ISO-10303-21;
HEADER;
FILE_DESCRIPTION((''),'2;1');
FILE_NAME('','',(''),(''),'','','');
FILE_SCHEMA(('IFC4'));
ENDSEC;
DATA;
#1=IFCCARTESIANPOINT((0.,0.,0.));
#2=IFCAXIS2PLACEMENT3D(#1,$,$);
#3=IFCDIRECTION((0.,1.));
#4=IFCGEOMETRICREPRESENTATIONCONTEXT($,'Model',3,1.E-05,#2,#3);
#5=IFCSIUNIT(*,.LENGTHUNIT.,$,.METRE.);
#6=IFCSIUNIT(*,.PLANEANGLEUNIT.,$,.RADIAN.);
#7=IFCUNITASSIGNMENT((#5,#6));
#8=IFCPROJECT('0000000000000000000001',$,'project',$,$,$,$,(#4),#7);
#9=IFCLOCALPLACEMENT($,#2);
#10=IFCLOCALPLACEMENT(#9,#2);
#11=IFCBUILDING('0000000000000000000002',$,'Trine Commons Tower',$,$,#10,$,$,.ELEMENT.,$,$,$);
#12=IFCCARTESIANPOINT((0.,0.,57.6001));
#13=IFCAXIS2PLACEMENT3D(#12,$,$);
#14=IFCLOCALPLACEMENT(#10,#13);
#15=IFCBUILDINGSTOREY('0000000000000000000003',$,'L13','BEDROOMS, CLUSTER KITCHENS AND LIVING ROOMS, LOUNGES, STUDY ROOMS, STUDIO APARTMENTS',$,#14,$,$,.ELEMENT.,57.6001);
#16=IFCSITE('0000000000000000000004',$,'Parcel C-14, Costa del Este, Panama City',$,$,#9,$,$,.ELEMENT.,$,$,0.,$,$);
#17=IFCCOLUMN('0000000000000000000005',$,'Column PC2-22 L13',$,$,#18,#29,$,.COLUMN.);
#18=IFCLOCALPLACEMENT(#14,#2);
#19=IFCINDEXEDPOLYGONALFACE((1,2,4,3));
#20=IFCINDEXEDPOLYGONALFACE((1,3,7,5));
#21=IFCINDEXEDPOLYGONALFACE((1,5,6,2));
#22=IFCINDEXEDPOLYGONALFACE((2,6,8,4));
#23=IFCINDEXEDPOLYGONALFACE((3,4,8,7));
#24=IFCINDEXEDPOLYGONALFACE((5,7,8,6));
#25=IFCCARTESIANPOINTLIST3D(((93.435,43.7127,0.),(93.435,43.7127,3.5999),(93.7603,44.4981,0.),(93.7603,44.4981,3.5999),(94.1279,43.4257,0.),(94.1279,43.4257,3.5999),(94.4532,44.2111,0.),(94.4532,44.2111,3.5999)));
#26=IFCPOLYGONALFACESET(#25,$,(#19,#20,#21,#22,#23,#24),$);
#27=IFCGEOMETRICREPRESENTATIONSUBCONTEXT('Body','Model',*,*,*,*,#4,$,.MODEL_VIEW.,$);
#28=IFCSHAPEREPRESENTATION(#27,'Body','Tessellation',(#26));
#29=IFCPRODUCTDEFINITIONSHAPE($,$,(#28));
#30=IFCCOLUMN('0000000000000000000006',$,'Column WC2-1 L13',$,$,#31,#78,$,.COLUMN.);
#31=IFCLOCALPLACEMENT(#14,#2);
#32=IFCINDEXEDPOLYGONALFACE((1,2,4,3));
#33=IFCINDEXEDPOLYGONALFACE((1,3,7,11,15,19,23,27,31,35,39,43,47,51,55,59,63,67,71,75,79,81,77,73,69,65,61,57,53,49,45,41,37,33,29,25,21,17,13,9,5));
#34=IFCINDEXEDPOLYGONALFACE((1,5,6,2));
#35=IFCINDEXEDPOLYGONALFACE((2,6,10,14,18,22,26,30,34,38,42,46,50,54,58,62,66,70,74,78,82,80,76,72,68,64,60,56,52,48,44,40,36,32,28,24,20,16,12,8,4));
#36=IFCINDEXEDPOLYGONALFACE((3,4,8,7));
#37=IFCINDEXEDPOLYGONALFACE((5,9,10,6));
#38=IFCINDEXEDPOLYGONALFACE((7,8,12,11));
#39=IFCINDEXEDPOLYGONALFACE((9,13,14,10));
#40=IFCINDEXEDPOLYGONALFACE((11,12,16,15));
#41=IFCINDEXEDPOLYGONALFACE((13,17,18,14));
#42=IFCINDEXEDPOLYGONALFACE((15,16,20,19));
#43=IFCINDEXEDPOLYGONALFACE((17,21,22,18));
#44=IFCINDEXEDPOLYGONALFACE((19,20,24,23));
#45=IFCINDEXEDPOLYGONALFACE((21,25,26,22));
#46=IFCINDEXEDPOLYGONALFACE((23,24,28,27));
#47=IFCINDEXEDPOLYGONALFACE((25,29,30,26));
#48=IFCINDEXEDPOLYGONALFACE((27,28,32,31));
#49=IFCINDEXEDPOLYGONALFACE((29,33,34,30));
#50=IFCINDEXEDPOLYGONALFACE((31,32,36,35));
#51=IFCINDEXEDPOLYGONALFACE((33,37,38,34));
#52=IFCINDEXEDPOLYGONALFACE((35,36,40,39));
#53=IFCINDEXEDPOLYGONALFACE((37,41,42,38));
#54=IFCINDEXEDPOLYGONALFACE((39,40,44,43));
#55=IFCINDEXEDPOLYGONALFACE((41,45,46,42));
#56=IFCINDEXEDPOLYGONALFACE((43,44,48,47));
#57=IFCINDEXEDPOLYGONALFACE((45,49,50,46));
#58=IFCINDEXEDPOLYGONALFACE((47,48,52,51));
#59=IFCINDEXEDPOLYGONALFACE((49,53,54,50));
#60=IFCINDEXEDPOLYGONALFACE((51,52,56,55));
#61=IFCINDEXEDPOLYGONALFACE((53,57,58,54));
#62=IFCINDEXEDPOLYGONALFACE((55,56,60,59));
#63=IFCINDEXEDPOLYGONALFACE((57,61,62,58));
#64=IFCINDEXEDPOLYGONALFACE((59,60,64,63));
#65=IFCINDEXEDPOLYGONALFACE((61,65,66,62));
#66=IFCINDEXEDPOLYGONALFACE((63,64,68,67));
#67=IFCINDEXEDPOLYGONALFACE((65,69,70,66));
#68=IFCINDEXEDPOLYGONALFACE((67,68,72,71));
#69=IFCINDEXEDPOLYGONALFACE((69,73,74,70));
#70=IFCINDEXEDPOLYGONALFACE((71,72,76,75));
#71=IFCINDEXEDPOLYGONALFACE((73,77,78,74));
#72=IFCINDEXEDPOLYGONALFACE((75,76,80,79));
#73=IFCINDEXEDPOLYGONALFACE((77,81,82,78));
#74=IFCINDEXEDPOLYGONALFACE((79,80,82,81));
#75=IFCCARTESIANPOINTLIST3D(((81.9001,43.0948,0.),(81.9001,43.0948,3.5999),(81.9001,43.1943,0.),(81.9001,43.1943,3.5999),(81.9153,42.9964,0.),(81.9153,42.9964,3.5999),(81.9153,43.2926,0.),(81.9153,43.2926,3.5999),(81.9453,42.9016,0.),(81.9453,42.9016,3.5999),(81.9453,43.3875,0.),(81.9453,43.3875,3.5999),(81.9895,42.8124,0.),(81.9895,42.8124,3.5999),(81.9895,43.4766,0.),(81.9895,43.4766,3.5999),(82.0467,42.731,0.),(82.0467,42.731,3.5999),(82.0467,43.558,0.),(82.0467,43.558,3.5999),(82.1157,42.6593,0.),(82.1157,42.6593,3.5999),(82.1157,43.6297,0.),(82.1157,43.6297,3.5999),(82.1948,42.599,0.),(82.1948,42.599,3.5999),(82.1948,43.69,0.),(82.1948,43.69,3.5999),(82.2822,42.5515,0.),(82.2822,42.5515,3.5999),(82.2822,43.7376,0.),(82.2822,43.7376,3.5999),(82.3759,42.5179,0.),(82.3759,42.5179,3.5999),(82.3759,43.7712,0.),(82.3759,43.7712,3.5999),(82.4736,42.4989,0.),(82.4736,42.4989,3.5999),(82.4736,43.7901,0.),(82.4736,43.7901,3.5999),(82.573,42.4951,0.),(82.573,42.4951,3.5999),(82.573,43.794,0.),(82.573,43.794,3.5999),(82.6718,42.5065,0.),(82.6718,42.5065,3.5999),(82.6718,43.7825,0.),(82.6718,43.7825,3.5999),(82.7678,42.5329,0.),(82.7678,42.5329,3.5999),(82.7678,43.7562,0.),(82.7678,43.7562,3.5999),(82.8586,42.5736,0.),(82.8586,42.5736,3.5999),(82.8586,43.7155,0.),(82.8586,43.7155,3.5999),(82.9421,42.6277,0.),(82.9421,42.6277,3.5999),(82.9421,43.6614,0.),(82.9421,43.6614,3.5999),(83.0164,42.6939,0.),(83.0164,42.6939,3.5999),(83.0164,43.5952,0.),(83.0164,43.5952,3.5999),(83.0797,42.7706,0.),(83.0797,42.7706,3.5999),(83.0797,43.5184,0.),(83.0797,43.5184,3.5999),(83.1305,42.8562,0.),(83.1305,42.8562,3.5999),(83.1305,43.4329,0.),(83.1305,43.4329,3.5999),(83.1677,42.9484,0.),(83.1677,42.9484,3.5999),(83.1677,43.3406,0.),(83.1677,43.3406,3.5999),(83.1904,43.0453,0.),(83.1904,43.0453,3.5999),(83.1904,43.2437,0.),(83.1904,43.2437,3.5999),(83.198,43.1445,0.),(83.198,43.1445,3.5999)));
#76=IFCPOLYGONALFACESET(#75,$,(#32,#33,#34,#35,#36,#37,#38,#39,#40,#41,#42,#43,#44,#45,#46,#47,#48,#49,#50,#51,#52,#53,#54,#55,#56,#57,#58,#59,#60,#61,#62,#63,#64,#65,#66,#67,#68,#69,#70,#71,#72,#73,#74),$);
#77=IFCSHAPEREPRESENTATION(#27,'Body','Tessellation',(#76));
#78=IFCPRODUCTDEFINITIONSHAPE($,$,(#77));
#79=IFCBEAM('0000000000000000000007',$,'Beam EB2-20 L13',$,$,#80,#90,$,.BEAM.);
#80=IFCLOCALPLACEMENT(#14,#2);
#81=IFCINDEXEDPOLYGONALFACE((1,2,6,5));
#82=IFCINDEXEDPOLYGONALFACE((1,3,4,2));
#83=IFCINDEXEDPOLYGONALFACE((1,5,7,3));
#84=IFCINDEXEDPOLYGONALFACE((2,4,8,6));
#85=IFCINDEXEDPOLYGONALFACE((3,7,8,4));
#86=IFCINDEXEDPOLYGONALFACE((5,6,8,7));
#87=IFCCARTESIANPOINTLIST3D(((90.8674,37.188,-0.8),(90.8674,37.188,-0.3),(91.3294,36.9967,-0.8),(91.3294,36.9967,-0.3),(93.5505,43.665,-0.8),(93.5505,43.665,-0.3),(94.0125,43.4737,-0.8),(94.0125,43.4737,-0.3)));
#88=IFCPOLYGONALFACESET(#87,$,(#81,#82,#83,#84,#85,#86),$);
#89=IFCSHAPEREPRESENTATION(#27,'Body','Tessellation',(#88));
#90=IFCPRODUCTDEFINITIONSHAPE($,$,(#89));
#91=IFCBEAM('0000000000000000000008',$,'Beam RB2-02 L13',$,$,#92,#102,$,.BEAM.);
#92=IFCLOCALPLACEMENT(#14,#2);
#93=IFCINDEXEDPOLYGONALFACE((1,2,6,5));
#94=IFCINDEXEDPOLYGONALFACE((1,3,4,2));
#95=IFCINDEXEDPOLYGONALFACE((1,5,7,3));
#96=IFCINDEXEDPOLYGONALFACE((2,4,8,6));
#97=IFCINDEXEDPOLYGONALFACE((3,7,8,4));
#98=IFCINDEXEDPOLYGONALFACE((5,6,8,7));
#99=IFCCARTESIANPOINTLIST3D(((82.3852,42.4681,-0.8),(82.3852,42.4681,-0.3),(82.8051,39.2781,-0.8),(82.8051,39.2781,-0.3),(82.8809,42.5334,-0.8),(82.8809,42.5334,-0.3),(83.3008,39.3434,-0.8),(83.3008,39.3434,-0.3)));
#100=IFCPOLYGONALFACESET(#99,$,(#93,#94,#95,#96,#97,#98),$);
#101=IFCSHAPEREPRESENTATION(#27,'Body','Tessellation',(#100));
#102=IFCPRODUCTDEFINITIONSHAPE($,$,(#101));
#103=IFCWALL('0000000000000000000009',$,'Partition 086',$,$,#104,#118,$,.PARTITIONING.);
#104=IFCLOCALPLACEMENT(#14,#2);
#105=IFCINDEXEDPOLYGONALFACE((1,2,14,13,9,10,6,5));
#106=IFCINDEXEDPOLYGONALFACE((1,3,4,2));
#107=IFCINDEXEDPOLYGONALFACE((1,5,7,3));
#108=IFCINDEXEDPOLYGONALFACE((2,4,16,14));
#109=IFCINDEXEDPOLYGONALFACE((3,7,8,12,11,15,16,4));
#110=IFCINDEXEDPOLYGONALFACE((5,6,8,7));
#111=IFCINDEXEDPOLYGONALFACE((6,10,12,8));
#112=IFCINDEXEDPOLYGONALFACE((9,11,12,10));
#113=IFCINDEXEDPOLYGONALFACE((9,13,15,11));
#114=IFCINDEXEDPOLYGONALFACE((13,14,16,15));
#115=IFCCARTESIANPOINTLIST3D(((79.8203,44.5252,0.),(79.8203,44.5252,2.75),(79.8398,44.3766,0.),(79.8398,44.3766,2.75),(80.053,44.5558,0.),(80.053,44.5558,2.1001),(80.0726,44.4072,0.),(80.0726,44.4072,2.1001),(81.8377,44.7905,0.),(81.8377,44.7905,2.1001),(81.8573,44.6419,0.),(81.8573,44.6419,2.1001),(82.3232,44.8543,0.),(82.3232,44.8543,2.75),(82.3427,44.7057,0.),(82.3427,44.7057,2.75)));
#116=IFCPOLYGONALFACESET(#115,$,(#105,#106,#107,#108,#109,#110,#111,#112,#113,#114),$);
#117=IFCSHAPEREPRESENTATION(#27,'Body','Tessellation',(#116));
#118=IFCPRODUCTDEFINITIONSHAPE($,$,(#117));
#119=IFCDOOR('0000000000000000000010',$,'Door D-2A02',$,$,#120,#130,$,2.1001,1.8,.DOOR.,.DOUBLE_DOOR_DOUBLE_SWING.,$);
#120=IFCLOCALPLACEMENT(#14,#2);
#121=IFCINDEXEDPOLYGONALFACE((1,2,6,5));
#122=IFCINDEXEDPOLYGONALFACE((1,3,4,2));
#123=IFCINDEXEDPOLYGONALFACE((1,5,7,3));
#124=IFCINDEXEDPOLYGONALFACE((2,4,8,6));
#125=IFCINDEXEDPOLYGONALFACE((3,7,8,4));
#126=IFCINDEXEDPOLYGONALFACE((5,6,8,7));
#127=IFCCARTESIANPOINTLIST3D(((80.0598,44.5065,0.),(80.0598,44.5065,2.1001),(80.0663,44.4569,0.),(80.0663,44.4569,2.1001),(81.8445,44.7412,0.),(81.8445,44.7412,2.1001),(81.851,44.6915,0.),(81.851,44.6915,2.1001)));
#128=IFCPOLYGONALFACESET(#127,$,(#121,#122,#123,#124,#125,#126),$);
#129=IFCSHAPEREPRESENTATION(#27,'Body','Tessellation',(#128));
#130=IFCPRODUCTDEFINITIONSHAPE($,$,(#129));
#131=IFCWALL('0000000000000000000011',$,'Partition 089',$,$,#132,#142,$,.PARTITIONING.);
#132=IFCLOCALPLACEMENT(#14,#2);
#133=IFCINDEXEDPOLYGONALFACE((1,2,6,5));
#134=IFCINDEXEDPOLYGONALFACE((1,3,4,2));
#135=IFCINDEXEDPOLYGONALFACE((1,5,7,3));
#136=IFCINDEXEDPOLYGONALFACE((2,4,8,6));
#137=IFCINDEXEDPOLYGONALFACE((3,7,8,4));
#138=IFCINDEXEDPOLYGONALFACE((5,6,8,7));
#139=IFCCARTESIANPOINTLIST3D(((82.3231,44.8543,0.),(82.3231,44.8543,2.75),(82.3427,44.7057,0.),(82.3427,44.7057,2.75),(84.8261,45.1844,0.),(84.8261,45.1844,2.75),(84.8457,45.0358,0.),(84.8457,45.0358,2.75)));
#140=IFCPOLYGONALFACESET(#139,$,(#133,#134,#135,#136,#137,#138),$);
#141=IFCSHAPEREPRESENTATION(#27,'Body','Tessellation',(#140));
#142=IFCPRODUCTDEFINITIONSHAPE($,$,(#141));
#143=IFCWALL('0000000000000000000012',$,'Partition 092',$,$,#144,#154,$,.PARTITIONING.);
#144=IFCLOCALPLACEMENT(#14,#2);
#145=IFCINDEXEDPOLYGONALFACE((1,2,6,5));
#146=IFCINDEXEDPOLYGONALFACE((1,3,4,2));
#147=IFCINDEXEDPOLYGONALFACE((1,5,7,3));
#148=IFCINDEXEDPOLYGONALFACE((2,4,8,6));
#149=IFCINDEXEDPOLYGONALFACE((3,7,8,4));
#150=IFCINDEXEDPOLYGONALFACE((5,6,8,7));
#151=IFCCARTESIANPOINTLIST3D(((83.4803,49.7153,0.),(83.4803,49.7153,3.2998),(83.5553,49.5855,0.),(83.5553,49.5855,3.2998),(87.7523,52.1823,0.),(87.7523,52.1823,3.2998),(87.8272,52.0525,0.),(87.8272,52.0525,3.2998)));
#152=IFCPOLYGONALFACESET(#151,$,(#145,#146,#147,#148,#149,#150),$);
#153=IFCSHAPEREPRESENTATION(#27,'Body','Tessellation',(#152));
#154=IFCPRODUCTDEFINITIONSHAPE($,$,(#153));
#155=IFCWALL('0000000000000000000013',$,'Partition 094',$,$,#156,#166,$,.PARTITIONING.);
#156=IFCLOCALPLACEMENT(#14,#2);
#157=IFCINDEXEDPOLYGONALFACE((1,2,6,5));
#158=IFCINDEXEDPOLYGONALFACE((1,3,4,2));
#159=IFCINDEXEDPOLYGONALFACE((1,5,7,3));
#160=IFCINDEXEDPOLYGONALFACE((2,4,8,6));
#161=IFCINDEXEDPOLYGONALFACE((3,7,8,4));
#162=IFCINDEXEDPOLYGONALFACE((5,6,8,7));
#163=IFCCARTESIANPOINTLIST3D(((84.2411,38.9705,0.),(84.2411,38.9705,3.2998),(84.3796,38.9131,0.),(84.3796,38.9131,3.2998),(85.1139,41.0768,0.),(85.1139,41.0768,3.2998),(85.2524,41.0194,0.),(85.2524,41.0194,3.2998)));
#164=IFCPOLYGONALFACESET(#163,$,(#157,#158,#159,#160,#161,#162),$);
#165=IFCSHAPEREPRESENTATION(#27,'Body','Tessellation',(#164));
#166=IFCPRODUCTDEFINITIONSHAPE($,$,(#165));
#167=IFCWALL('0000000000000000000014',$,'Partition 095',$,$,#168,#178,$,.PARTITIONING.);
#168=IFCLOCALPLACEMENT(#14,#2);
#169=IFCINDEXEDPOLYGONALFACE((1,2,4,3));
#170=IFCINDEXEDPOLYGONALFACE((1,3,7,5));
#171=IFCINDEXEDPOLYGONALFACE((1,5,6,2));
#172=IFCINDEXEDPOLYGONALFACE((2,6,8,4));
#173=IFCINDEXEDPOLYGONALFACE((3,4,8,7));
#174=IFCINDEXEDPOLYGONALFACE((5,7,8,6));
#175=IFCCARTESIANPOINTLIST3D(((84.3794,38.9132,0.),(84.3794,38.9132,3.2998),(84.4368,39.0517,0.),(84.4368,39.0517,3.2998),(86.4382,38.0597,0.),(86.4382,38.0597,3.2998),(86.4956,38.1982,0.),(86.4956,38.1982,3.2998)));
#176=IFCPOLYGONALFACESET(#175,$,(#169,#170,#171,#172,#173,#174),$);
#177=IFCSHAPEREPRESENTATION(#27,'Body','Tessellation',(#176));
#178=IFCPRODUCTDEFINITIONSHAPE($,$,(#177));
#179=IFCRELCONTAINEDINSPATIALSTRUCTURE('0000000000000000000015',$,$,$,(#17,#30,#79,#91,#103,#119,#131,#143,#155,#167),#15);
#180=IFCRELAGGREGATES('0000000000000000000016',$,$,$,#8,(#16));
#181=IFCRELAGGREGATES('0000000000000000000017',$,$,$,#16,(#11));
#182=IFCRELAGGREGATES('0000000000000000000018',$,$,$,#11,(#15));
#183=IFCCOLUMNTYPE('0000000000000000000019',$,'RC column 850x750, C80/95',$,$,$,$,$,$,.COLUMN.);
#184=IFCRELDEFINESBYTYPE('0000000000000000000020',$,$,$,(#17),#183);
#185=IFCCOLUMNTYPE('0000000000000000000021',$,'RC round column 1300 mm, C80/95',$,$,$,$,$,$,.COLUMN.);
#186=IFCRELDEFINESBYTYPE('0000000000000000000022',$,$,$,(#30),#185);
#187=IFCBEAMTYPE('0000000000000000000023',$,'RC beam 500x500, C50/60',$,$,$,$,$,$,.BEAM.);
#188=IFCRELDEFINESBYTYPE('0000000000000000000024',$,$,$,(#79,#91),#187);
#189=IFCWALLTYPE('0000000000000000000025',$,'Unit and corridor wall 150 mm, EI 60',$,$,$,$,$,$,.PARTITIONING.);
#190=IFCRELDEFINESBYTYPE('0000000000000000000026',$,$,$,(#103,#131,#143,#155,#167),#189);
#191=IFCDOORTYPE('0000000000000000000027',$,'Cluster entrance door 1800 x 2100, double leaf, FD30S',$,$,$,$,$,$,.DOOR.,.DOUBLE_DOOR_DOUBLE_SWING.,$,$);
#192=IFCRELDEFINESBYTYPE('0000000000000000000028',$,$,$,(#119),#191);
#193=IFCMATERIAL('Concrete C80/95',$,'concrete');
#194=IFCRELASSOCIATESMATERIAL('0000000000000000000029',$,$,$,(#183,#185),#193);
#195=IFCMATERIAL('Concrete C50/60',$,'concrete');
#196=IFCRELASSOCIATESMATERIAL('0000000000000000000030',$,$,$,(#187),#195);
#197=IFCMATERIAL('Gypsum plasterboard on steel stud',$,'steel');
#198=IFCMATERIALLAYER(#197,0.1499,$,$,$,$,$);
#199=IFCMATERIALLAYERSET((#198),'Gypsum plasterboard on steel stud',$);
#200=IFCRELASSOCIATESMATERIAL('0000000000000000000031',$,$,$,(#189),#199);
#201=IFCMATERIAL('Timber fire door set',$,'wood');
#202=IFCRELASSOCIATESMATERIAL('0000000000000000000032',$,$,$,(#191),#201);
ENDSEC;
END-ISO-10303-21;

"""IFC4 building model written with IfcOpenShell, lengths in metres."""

from ifc_helpers import new_model, si_unit, direction, frame, frame_2d, origin, origin_2d, place, context, subcontext, project, spatial, rectangle, circle, extrude, material, layer, layer_set, material_profile, profile_set, type_object, element, fill, save


model = new_model("IFC4")

# Units and contexts
model_context = context("Model", 3, precision=1e-05, world=origin(), true_north=direction((0.0, 1.0)))
body_context = subcontext(model_context, "Body", "Model", "MODEL_VIEW")
ifc_project = project(units=[si_unit("LENGTHUNIT", "METRE"), si_unit("PLANEANGLEUNIT", "RADIAN")], contexts=[model_context])

# Site, building, storey
site_placement = place(None, origin())
site = spatial("IfcSite", under=ifc_project, at=site_placement, Name="Parcel C-14, Costa del Este, Panama City", CompositionType="ELEMENT", RefElevation=0.0)
building_placement = place(site_placement, origin())
building = spatial("IfcBuilding", under=site, at=building_placement, Name="Trine Commons Tower", CompositionType="ELEMENT")
storey_placement = place(building_placement, frame((0.0, 0.0, 57.6001)))
storey = spatial("IfcBuildingStorey", under=building, at=storey_placement, Name="L13", Description="BEDROOMS, CLUSTER KITCHENS AND LIVING ROOMS, LOUNGES, STUDY ROOMS, STUDIO APARTMENTS", CompositionType="ELEMENT", Elevation=57.6001)

# Columns
ifc_material_1 = material(Name="Concrete C80/95", Category="concrete")
ifc_material_profile_1 = material_profile(ifc_material_1, rectangle(XDim=0.8501, YDim=0.75, at=origin_2d()), Name="RC 850x750")
ifc_profile_set_1 = profile_set([ifc_material_profile_1], Name="Concrete C80/95")
column_type_1 = type_object("IfcColumnType", Name="RC column 850x750, C80/95", PredefinedType="COLUMN", material=ifc_profile_set_1)
column_1_placement = place(storey_placement, frame((93.9441, 43.9619, 0.0), z_axis=(0.0, 0.0, 1.0), x_axis=(0.382683, 0.92388, 0.0)))
element("IfcColumn", 1, at=column_1_placement, inside=storey, type_object=column_type_1, Name="Column PC2-22 L13", PredefinedType="COLUMN", context=body_context, shape_type="SweptSolid", body=[
    extrude(rectangle(XDim=0.8501, YDim=0.75, at=origin_2d()), origin(), (0.0, 0.0, 1.0), 3.5999),
])
ifc_material_profile_2 = material_profile(ifc_material_1, circle(Radius=0.6499, at=origin_2d()), Name="RC round 1300")
ifc_profile_set_2 = profile_set([ifc_material_profile_2], Name="Concrete C80/95")
column_type_2 = type_object("IfcColumnType", Name="RC round column 1300 mm, C80/95", PredefinedType="COLUMN", material=ifc_profile_set_2)
column_2_placement = place(storey_placement, frame((82.5481, 43.1445, 0.0), z_axis=(0.0, 0.0, 1.0), x_axis=(1.0, 0.0, 0.0)))
element("IfcColumn", 2, at=column_2_placement, inside=storey, type_object=column_type_2, Name="Column WC2-1 L13", PredefinedType="COLUMN", context=body_context, shape_type="SweptSolid", body=[
    extrude(circle(Radius=0.6499, at=origin_2d()), origin(), (0.0, 0.0, 1.0), 3.5999),
])

# Beams
ifc_material_2 = material(Name="Concrete C50/60", Category="concrete")
ifc_material_profile_3 = material_profile(ifc_material_2, rectangle(XDim=0.5, YDim=0.5, at=origin_2d()), Name="RC 500x500")
ifc_profile_set_3 = profile_set([ifc_material_profile_3], Name="Concrete C50/60")
beam_type = type_object("IfcBeamType", Name="RC beam 500x500, C50/60", PredefinedType="BEAM", material=ifc_profile_set_3)
beam_1_placement = place(storey_placement, frame((93.7815, 43.5693, -0.55), z_axis=(-0.382711, -0.923868, 0.0), x_axis=(0.923868, -0.382711, 0.0)))
element("IfcBeam", 3, at=beam_1_placement, inside=storey, type_object=beam_type, Name="Beam EB2-20 L13", PredefinedType="BEAM", context=body_context, shape_type="SweptSolid", body=[
    extrude(rectangle(XDim=0.5, YDim=0.5, at=origin_2d()), origin(), (0.0, 0.0, 1.0), 7.0107),
])
beam_2_placement = place(storey_placement, frame((82.6331, 42.5007, -0.55), z_axis=(0.130513, -0.991447, 0.0), x_axis=(0.991447, 0.130513, 0.0)))
element("IfcBeam", 4, at=beam_2_placement, inside=storey, type_object=beam_type, Name="Beam RB2-02 L13", PredefinedType="BEAM", context=body_context, shape_type="SweptSolid", body=[
    extrude(rectangle(XDim=0.5, YDim=0.5, at=origin_2d()), origin(), (0.0, 0.0, 1.0), 3.2175),
])

# Wall, opening, door
ifc_material_3 = material(Name="Gypsum plasterboard on steel stud", Category="steel")
ifc_layer_1 = layer(ifc_material_3, 0.1499)
ifc_layer_set_1 = layer_set([ifc_layer_1], Name="Gypsum plasterboard on steel stud")
wall_type_1 = type_object("IfcWallType", Name="Unit and corridor wall 150 mm, EI 60", PredefinedType="PARTITIONING", material=ifc_layer_set_1)
wall_1_placement = place(storey_placement, frame((79.8301, 44.4509, 0.0), z_axis=(0.0, 0.0, 1.0), x_axis=(0.991466, 0.130364, 0.0)))
wall_1 = element("IfcWall", 5, at=wall_1_placement, inside=storey, type_object=wall_type_1, Name="Partition 086", PredefinedType="PARTITIONING", context=body_context, shape_type="SweptSolid", body=[
    extrude(rectangle(XDim=2.5244, YDim=0.1499, at=frame_2d((1.2622, 0.0))), origin(), (0.0, 0.0, 1.0), 2.75),
])
opening_1_placement = place(wall_1_placement, frame((0.2349, 0.0, 0.0)))
opening_1 = element("IfcOpeningElement", 6, at=opening_1_placement, cuts=wall_1, PredefinedType="OPENING", context=body_context, shape_type="SweptSolid", body=[
    extrude(rectangle(XDim=1.8, YDim=2.1001, at=frame_2d((0.8999, 1.05))), frame((0.0, 0.085, 0.0), z_axis=(0.0, -1.0, 0.0), x_axis=(1.0, 0.0, 0.0)), (0.0, 0.0, 1.0), 0.1699),
])
ifc_material_4 = material(Name="Timber fire door set", Category="wood")
door_type_1 = type_object("IfcDoorType", Name="Cluster entrance door 1800 x 2100, double leaf, FD30S", OperationType="DOUBLE_DOOR_DOUBLE_SWING", PredefinedType="DOOR", material=ifc_material_4)
door_1_placement = place(opening_1_placement, frame((1.8, 0.0, 0.0), z_axis=(0.0, 0.0, 1.0), x_axis=(-1.0, 0.0, 0.0)))
door_1 = element("IfcDoor", 7, at=door_1_placement, inside=storey, type_object=door_type_1, Name="Door D-2A02", OperationType="DOUBLE_DOOR_DOUBLE_SWING", OverallHeight=2.1001, OverallWidth=1.8, PredefinedType="DOOR", context=body_context, shape_type="SweptSolid", body=[
    extrude(rectangle(XDim=1.8, YDim=2.1001, at=frame_2d((0.8999, 1.05))), frame((0.0, 0.0249, 0.0), z_axis=(0.0, -1.0, 0.0), x_axis=(1.0, 0.0, 0.0)), (0.0, 0.0, 1.0), 0.05),
])
fill(opening_1, door_1)

# Walls
wall_2_placement = place(storey_placement, frame((82.333, 44.78, 0.0), z_axis=(0.0, 0.0, 1.0), x_axis=(0.991416, 0.130745, 0.0)))
element("IfcWall", 8, at=wall_2_placement, inside=storey, type_object=wall_type_1, Name="Partition 089", PredefinedType="PARTITIONING", context=body_context, shape_type="SweptSolid", body=[
    extrude(rectangle(XDim=2.5247, YDim=0.1499, at=frame_2d((1.2622, 0.0))), origin(), (0.0, 0.0, 1.0), 2.75),
])
wall_3_placement = place(storey_placement, frame((83.5178, 49.6504, 0.0), z_axis=(0.0, 0.0, 1.0), x_axis=(0.865971, 0.500094, 0.0)))
element("IfcWall", 9, at=wall_3_placement, inside=storey, type_object=wall_type_1, Name="Partition 092", PredefinedType="PARTITIONING", context=body_context, shape_type="SweptSolid", body=[
    extrude(rectangle(XDim=4.9331, YDim=0.1499, at=frame_2d((2.4666, 0.0))), origin(), (0.0, 0.0, 1.0), 3.2998),
])
wall_4_placement = place(storey_placement, frame((84.3103, 38.9417, 0.0), z_axis=(0.0, 0.0, 1.0), x_axis=(0.38279, 0.923835, 0.0)))
element("IfcWall", 10, at=wall_4_placement, inside=storey, type_object=wall_type_1, Name="Partition 094", PredefinedType="PARTITIONING", context=body_context, shape_type="SweptSolid", body=[
    extrude(rectangle(XDim=2.28, YDim=0.1499, at=frame_2d((1.1401, 0.0))), origin(), (0.0, 0.0, 1.0), 3.2998),
])
wall_5_placement = place(storey_placement, frame((84.4082, 38.9824, 0.0), z_axis=(0.0, 0.0, 1.0), x_axis=(0.923766, -0.382958, 0.0)))
element("IfcWall", 11, at=wall_5_placement, inside=storey, type_object=wall_type_1, Name="Partition 095", PredefinedType="PARTITIONING", context=body_context, shape_type="SweptSolid", body=[
    extrude(rectangle(XDim=2.2288, YDim=0.1499, at=frame_2d((1.1143, 0.0))), origin(), (0.0, 0.0, 1.0), 3.2998),
])

save(model, "model.ifc")
